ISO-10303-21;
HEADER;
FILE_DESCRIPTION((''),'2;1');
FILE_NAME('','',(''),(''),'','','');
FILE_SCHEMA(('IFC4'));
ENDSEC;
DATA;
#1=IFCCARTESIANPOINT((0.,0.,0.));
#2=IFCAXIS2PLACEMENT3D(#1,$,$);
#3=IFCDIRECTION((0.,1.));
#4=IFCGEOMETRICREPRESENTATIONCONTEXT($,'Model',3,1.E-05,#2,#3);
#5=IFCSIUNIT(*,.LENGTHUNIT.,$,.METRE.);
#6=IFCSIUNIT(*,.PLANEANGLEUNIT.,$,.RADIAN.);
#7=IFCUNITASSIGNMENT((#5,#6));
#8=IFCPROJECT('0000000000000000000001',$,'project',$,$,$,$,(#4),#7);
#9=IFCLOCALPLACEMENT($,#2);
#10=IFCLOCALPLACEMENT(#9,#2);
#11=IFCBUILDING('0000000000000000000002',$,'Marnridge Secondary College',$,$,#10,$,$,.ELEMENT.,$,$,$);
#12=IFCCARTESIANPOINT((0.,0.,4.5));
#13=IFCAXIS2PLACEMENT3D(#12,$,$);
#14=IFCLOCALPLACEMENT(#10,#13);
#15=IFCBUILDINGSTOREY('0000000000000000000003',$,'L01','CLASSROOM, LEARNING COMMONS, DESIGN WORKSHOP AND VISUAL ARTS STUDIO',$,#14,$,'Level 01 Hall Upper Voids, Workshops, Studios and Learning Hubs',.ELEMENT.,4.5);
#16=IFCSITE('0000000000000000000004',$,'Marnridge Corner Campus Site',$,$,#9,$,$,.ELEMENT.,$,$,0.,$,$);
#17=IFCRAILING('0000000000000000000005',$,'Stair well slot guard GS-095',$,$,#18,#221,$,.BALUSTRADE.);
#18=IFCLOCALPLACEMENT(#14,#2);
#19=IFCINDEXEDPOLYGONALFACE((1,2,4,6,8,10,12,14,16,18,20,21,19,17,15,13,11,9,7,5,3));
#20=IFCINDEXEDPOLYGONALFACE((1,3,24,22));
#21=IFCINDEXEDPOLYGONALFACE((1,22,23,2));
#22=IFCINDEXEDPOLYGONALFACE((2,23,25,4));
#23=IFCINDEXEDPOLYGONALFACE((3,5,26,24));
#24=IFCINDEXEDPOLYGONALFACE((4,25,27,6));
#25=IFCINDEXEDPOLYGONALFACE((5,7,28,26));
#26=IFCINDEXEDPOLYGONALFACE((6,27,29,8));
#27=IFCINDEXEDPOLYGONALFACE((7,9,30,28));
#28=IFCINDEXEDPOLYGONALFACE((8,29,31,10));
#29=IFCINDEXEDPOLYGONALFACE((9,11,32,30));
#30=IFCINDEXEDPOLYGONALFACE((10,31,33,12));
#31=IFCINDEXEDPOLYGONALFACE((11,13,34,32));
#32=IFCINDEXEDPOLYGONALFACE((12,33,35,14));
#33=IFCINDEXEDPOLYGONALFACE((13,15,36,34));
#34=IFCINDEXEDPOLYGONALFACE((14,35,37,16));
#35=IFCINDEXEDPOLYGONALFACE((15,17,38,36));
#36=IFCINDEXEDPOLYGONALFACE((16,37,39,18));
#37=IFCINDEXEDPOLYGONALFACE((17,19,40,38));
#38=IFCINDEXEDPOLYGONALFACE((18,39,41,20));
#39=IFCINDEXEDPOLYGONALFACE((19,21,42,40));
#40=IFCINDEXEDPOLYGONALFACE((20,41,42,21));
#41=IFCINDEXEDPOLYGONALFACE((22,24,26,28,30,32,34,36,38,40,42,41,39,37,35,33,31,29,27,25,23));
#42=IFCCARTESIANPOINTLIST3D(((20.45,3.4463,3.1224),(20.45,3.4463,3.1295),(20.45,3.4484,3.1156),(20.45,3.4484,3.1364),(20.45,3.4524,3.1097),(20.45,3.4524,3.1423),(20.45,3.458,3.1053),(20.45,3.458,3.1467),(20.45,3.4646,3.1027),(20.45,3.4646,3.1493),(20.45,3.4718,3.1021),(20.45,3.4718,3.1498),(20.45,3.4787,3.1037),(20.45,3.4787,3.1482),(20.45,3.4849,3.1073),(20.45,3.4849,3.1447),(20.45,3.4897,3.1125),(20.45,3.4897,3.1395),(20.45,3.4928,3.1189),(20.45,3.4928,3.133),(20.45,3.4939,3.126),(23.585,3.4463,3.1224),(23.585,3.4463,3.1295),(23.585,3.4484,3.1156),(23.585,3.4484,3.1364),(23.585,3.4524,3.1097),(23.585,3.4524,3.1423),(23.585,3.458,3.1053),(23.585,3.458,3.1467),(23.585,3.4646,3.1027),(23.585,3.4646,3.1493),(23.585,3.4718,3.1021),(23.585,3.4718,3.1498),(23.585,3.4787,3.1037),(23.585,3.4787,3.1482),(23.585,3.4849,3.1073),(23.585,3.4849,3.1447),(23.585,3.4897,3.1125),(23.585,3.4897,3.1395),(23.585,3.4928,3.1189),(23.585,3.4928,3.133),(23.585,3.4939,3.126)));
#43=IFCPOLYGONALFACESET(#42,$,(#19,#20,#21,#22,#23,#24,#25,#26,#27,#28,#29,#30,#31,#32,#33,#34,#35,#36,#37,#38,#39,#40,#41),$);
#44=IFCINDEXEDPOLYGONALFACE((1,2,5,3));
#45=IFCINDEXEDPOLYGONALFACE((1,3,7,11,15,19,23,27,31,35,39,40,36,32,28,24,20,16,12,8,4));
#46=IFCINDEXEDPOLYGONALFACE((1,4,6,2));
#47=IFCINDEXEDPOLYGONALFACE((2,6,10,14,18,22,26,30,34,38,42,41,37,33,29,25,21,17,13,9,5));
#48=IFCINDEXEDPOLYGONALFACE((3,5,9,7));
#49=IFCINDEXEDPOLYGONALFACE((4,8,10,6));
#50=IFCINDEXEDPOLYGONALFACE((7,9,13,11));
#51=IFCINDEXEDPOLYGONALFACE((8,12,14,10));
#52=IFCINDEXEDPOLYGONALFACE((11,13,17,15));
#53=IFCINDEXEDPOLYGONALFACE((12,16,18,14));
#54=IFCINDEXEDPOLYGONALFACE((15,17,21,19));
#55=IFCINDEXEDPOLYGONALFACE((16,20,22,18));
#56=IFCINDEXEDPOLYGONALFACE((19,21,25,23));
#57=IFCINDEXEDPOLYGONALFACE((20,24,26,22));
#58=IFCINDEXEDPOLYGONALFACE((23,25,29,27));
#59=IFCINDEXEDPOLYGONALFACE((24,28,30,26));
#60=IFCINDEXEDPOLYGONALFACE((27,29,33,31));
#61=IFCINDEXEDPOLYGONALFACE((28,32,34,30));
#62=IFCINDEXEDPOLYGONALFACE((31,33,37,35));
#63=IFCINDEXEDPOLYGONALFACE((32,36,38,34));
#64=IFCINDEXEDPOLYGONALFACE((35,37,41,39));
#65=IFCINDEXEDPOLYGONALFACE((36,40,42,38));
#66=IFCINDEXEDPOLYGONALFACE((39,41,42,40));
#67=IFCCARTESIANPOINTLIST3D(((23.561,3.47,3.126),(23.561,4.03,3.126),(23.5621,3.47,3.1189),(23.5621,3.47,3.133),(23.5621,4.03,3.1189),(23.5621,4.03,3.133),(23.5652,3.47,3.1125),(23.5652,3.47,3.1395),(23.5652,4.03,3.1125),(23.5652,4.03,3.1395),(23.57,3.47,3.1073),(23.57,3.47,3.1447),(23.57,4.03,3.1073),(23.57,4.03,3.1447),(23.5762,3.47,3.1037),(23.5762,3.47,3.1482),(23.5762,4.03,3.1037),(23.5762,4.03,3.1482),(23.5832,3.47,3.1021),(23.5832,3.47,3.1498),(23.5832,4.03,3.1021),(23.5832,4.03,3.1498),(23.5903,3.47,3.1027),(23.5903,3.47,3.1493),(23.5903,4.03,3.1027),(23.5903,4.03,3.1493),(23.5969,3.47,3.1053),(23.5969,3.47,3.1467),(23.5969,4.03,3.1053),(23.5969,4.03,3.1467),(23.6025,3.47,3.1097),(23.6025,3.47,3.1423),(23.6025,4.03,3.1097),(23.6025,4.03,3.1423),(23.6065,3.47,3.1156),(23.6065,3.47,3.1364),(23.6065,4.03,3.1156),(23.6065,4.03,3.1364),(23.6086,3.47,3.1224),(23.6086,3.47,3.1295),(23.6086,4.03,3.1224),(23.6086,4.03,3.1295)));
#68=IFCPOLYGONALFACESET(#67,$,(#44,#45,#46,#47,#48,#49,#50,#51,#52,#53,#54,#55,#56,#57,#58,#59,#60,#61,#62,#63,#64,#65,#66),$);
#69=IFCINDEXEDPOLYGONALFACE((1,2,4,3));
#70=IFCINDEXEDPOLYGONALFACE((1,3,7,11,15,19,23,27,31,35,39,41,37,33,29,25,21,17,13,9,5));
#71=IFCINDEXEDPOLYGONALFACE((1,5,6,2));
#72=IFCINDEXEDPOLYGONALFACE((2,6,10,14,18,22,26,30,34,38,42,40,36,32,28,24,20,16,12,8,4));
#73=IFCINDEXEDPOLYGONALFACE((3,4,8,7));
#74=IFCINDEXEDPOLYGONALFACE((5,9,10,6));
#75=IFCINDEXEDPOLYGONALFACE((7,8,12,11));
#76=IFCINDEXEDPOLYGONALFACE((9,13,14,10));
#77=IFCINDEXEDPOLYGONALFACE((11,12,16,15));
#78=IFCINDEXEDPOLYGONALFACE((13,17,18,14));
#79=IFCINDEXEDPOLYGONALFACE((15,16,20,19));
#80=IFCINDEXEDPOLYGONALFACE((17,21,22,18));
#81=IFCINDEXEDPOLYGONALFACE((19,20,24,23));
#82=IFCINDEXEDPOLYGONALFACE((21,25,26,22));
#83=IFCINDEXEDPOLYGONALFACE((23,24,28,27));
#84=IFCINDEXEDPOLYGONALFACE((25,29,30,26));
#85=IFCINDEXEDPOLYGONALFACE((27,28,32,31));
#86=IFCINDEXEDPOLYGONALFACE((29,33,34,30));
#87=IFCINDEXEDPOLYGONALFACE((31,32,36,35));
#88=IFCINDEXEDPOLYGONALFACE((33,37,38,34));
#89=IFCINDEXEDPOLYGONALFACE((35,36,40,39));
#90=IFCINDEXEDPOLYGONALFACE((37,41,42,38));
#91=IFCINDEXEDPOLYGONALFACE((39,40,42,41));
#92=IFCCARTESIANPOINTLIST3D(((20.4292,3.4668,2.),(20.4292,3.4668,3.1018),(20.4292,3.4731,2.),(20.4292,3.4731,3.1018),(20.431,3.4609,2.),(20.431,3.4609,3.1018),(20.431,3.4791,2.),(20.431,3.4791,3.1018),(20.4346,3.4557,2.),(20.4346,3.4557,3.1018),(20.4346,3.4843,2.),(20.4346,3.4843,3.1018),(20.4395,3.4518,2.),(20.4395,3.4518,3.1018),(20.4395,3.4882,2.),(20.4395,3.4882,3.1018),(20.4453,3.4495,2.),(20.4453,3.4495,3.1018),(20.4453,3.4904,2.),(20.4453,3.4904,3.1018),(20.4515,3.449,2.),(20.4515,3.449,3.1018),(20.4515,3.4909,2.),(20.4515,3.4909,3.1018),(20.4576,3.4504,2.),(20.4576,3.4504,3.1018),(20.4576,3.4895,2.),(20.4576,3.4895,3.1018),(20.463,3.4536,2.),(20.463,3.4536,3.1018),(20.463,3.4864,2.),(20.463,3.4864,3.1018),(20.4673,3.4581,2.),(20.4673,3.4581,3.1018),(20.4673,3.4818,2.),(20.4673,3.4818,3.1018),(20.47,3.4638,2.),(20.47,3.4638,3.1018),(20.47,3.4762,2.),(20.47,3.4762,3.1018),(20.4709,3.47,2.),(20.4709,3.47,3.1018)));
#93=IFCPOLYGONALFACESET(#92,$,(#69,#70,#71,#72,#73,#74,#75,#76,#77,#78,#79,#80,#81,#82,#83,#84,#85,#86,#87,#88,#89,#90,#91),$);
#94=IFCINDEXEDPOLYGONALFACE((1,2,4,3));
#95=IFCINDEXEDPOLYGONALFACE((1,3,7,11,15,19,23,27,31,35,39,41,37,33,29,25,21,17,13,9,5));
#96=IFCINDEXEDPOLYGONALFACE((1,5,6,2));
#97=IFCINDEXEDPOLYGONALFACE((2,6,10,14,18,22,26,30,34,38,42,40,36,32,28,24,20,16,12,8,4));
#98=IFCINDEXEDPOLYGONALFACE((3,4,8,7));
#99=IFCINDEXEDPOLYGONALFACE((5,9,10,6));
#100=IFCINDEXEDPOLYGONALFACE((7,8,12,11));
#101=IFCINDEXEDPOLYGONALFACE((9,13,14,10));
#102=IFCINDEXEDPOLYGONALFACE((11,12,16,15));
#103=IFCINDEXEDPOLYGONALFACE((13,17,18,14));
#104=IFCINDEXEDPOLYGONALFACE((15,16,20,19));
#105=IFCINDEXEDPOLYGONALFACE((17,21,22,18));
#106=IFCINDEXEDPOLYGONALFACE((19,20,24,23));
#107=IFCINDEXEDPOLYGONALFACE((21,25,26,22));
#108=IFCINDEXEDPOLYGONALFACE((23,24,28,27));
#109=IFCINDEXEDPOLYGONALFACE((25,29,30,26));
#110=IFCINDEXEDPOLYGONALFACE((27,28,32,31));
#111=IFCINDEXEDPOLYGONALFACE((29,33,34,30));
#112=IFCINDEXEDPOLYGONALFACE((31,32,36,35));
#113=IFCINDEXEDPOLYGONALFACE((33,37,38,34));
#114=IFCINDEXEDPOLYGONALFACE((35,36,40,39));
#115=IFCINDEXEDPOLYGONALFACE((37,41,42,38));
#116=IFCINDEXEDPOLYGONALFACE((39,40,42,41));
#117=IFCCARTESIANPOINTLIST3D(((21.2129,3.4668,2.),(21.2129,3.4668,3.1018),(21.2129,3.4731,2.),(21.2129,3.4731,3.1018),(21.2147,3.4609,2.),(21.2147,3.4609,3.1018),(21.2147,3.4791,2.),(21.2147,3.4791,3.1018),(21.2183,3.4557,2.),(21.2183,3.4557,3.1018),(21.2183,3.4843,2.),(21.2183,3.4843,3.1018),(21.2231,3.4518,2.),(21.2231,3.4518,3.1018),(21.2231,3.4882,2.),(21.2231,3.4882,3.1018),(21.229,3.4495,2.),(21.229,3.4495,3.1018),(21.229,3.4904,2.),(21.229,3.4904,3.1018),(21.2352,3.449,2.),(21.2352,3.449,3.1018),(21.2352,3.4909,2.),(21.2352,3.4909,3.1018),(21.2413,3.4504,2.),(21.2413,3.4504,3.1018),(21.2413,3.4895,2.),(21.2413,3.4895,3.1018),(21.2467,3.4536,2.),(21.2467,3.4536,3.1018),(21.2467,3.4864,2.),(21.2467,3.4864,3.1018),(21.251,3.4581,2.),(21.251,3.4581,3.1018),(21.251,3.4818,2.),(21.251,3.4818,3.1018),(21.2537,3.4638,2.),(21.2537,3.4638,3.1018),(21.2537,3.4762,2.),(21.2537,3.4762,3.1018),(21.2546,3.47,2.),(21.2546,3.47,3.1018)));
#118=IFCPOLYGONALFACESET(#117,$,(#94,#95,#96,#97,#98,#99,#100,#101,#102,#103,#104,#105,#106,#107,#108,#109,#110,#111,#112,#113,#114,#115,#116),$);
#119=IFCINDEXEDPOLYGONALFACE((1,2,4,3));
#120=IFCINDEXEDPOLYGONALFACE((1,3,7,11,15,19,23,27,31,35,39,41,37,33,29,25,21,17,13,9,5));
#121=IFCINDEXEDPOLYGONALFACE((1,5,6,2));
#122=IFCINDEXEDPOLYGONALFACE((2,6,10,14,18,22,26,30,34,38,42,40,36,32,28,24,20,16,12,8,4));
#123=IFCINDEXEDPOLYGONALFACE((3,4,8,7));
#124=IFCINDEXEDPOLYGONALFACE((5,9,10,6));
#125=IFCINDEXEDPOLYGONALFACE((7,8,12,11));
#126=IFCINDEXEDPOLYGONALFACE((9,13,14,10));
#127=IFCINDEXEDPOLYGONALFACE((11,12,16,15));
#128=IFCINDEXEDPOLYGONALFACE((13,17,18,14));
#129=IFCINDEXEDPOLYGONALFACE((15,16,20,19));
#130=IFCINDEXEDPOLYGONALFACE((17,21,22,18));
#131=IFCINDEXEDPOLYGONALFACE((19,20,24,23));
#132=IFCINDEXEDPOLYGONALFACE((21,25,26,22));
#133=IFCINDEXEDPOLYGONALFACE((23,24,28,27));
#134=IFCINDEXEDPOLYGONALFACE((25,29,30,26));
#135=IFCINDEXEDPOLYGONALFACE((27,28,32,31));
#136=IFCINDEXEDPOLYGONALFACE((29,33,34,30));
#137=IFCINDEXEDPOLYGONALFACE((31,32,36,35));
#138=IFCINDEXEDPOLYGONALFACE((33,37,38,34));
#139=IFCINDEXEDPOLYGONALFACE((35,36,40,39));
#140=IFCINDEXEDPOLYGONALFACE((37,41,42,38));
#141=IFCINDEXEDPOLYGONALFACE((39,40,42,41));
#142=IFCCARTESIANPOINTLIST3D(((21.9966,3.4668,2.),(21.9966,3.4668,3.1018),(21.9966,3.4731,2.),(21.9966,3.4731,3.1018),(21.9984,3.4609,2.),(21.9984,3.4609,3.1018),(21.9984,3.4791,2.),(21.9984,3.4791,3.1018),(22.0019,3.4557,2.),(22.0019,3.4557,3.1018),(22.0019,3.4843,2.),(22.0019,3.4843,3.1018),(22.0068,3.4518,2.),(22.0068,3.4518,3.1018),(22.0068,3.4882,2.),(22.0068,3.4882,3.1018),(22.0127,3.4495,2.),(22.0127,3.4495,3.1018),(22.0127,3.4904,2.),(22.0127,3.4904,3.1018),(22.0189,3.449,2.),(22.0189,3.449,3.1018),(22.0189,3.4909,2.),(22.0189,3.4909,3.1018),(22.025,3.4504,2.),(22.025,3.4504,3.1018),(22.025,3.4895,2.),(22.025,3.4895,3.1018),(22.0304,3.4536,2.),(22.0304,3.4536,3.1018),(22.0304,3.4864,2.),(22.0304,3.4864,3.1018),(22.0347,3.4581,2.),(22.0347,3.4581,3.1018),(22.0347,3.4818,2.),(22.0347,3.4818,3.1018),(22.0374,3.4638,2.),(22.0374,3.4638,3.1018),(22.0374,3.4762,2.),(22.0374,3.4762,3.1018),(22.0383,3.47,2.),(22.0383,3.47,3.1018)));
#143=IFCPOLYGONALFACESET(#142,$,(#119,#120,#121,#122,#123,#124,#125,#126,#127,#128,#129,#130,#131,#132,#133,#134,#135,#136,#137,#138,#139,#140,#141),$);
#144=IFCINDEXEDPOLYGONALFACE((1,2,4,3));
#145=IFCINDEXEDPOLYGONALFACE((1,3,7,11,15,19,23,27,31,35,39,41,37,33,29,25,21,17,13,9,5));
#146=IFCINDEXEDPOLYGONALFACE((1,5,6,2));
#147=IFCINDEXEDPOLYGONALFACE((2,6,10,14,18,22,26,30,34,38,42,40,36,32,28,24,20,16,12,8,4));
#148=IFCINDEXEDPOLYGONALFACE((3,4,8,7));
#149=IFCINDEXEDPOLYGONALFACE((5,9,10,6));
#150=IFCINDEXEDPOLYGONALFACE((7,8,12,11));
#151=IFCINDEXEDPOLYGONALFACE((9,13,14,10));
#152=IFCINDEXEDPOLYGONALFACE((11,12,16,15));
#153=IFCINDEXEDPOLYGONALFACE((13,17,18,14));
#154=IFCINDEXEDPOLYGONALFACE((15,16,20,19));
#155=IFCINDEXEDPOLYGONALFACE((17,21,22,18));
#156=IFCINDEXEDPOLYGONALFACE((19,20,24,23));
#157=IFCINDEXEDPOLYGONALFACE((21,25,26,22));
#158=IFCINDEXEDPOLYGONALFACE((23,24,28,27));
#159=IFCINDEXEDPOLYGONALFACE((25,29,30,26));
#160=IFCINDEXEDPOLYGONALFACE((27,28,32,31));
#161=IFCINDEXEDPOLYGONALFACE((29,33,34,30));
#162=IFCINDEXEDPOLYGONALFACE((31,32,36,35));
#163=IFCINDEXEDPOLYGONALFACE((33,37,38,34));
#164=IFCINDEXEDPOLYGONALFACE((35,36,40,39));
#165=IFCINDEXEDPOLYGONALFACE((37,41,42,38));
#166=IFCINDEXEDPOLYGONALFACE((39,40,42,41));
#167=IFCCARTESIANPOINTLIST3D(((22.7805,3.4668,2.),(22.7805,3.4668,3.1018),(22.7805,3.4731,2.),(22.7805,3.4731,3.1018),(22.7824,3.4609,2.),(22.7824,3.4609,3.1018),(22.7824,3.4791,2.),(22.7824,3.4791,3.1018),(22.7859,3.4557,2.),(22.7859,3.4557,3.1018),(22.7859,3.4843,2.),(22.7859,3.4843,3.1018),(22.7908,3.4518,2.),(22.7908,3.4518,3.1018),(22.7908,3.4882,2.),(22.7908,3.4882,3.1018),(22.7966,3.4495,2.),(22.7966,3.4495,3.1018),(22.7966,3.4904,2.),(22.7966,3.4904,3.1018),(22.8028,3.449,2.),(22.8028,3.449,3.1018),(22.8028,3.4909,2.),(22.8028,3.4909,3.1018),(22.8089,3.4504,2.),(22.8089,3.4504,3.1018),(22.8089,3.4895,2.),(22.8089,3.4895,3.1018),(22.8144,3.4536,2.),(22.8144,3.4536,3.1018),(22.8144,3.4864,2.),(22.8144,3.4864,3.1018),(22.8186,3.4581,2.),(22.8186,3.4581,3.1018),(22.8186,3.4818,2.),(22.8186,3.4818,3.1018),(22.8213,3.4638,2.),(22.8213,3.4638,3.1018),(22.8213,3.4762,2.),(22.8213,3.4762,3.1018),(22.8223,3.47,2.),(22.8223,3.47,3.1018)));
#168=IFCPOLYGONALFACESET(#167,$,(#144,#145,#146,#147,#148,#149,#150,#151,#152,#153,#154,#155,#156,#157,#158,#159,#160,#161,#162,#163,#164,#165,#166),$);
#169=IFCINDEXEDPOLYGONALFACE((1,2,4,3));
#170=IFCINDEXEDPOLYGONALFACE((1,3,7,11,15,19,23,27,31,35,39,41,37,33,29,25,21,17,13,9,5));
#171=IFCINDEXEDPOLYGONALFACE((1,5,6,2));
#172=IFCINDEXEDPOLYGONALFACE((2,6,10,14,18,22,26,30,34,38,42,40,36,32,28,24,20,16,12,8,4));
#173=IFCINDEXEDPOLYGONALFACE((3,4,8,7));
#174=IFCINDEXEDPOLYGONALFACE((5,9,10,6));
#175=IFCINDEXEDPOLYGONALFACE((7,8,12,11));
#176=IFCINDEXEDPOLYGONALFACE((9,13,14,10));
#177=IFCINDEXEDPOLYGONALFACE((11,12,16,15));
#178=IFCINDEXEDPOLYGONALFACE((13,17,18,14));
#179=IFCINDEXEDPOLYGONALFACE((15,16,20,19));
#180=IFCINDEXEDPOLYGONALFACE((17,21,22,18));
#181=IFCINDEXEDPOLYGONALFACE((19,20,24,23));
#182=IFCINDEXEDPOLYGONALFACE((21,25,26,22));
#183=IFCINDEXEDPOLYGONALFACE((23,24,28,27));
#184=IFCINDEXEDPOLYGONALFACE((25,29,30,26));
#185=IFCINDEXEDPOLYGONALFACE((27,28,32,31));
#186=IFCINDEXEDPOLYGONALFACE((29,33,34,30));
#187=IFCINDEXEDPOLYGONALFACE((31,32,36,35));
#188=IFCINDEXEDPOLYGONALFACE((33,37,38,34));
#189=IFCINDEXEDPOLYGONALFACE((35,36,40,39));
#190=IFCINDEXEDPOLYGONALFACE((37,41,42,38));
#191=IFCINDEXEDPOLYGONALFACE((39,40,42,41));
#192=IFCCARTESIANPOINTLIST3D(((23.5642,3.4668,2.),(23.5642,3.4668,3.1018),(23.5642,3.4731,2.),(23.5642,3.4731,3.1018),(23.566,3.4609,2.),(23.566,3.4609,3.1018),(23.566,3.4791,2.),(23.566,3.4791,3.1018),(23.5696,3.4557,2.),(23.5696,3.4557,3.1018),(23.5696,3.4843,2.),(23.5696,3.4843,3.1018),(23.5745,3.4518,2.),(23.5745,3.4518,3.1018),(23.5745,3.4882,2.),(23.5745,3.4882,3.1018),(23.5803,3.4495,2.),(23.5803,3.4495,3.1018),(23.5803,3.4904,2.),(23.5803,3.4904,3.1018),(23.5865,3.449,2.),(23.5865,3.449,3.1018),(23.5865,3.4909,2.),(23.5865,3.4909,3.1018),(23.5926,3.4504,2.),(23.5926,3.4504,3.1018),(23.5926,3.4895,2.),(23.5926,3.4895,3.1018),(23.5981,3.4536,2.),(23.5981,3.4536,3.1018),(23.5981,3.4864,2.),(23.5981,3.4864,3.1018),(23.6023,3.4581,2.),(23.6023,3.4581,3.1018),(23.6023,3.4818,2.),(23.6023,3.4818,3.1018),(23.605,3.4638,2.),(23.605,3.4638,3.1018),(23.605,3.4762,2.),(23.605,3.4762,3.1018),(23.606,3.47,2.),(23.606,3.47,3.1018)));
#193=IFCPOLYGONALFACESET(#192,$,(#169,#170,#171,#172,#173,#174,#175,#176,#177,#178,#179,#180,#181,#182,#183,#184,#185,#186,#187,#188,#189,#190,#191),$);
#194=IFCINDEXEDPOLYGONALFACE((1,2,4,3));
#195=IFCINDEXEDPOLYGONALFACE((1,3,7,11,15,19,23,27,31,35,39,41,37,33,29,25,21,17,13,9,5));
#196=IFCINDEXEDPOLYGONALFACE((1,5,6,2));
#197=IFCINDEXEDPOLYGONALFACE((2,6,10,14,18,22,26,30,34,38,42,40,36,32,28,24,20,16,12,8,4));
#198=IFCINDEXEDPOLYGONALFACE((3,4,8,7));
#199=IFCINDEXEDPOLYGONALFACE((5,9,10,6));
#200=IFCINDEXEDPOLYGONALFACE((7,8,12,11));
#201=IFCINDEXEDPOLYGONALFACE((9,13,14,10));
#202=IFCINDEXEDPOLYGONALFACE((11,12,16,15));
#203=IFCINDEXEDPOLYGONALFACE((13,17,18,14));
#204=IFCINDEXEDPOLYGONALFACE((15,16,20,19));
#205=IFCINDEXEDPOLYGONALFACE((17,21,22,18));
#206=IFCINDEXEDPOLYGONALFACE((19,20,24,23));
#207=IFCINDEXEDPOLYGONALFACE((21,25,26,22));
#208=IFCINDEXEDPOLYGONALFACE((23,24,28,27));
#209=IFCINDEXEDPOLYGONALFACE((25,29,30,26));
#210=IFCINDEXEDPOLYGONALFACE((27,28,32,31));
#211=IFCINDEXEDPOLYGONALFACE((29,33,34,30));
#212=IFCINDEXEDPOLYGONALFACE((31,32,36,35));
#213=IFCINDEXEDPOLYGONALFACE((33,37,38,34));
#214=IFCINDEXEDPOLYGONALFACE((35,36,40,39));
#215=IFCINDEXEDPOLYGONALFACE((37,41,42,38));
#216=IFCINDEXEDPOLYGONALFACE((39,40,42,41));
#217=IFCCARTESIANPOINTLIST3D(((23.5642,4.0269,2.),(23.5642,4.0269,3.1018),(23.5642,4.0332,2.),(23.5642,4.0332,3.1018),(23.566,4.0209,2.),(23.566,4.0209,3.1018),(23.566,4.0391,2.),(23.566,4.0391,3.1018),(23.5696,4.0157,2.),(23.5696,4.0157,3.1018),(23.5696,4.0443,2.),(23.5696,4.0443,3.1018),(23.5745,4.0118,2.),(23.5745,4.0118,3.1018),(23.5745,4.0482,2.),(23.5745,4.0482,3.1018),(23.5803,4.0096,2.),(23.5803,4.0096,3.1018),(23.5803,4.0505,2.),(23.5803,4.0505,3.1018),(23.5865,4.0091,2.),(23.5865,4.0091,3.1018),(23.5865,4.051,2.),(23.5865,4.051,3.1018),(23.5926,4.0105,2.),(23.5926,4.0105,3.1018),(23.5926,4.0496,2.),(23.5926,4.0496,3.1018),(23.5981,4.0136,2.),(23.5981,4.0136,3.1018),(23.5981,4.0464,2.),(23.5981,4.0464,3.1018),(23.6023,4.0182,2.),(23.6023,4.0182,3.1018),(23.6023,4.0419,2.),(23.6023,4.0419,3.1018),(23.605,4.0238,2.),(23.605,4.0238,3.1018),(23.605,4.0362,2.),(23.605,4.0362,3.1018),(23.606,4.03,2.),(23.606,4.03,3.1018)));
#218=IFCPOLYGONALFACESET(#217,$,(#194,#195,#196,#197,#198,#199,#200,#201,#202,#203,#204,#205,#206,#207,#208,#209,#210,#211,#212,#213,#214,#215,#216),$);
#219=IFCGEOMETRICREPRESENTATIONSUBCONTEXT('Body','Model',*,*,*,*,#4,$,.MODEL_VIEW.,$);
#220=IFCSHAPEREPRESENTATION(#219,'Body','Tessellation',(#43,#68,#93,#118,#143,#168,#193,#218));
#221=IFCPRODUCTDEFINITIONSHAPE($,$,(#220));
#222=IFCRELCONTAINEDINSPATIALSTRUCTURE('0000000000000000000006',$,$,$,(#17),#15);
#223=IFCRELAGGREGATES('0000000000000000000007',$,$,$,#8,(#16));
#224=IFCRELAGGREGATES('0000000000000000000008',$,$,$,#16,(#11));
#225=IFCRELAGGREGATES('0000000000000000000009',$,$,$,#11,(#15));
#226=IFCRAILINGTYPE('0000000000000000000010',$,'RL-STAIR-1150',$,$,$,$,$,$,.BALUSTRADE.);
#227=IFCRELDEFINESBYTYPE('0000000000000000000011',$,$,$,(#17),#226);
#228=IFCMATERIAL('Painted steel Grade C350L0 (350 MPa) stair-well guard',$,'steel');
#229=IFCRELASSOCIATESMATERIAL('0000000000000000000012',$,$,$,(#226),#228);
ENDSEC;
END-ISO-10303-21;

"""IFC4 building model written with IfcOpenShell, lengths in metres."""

from ifc_helpers import new_model, si_unit, direction, frame, origin, origin_2d, place, context, subcontext, project, spatial, circle, extrude, material, type_object, element, save


model = new_model("IFC4")

# Units and contexts
model_context = context("Model", 3, precision=1e-05, world=origin(), true_north=direction((0.0, 1.0)))
body_context = subcontext(model_context, "Body", "Model", "MODEL_VIEW")
ifc_project = project(units=[si_unit("LENGTHUNIT", "METRE"), si_unit("PLANEANGLEUNIT", "RADIAN")], contexts=[model_context])

# Site, building, storey
site_placement = place(None, origin())
site = spatial("IfcSite", under=ifc_project, at=site_placement, Name="Marnridge Corner Campus Site", CompositionType="ELEMENT", RefElevation=0.0)
building_placement = place(site_placement, origin())
building = spatial("IfcBuilding", under=site, at=building_placement, Name="Marnridge Secondary College", CompositionType="ELEMENT")
storey_placement = place(building_placement, frame((0.0, 0.0, 4.5)))
storey = spatial("IfcBuildingStorey", under=building, at=storey_placement, Name="L01", Description="CLASSROOM, LEARNING COMMONS, DESIGN WORKSHOP AND VISUAL ARTS STUDIO", LongName="Level 01 Hall Upper Voids, Workshops, Studios and Learning Hubs", CompositionType="ELEMENT", Elevation=4.5)

# Railing
ifc_material_1 = material(Name="Painted steel Grade C350L0 (350 MPa) stair-well guard", Category="steel")
railing_type_1 = type_object("IfcRailingType", Name="RL-STAIR-1150", PredefinedType="BALUSTRADE", material=ifc_material_1)
railing_1_placement = place(storey_placement, frame((20.45, 3.47, 2.0)))
element("IfcRailing", 1, at=railing_1_placement, inside=storey, type_object=railing_type_1, Name="Stair well slot guard GS-095", PredefinedType="BALUSTRADE", context=body_context, shape_type="SweptSolid", body=[
    extrude(circle(Radius=0.0239, at=origin_2d()), frame((0.0, 0.0, 1.126), z_axis=(1.0, 0.0, 0.0), x_axis=(0.0, 1.0, 0.0)), (0.0, 0.0, 1.0), 3.135),
    extrude(circle(Radius=0.0239, at=origin_2d()), frame((3.135, 0.0, 1.126), z_axis=(0.0, 1.0, 0.0), x_axis=(-1.0, 0.0, 0.0)), (0.0, 0.0, 1.0), 0.5601),
    extrude(circle(Radius=0.021, at=origin_2d()), origin(), (0.0, 0.0, 1.0), 1.1018),
    extrude(circle(Radius=0.021, at=origin_2d()), frame((0.7837, 0.0, 0.0)), (0.0, 0.0, 1.0), 1.1018),
    extrude(circle(Radius=0.021, at=origin_2d()), frame((1.5674, 0.0, 0.0)), (0.0, 0.0, 1.0), 1.1018),
    extrude(circle(Radius=0.021, at=origin_2d()), frame((2.3513, 0.0, 0.0)), (0.0, 0.0, 1.0), 1.1018),
    extrude(circle(Radius=0.021, at=origin_2d()), frame((3.135, 0.0, 0.0)), (0.0, 0.0, 1.0), 1.1018),
    extrude(circle(Radius=0.021, at=origin_2d()), frame((3.135, 0.5601, 0.0)), (0.0, 0.0, 1.0), 1.1018),
])

save(model, "model.ifc")
